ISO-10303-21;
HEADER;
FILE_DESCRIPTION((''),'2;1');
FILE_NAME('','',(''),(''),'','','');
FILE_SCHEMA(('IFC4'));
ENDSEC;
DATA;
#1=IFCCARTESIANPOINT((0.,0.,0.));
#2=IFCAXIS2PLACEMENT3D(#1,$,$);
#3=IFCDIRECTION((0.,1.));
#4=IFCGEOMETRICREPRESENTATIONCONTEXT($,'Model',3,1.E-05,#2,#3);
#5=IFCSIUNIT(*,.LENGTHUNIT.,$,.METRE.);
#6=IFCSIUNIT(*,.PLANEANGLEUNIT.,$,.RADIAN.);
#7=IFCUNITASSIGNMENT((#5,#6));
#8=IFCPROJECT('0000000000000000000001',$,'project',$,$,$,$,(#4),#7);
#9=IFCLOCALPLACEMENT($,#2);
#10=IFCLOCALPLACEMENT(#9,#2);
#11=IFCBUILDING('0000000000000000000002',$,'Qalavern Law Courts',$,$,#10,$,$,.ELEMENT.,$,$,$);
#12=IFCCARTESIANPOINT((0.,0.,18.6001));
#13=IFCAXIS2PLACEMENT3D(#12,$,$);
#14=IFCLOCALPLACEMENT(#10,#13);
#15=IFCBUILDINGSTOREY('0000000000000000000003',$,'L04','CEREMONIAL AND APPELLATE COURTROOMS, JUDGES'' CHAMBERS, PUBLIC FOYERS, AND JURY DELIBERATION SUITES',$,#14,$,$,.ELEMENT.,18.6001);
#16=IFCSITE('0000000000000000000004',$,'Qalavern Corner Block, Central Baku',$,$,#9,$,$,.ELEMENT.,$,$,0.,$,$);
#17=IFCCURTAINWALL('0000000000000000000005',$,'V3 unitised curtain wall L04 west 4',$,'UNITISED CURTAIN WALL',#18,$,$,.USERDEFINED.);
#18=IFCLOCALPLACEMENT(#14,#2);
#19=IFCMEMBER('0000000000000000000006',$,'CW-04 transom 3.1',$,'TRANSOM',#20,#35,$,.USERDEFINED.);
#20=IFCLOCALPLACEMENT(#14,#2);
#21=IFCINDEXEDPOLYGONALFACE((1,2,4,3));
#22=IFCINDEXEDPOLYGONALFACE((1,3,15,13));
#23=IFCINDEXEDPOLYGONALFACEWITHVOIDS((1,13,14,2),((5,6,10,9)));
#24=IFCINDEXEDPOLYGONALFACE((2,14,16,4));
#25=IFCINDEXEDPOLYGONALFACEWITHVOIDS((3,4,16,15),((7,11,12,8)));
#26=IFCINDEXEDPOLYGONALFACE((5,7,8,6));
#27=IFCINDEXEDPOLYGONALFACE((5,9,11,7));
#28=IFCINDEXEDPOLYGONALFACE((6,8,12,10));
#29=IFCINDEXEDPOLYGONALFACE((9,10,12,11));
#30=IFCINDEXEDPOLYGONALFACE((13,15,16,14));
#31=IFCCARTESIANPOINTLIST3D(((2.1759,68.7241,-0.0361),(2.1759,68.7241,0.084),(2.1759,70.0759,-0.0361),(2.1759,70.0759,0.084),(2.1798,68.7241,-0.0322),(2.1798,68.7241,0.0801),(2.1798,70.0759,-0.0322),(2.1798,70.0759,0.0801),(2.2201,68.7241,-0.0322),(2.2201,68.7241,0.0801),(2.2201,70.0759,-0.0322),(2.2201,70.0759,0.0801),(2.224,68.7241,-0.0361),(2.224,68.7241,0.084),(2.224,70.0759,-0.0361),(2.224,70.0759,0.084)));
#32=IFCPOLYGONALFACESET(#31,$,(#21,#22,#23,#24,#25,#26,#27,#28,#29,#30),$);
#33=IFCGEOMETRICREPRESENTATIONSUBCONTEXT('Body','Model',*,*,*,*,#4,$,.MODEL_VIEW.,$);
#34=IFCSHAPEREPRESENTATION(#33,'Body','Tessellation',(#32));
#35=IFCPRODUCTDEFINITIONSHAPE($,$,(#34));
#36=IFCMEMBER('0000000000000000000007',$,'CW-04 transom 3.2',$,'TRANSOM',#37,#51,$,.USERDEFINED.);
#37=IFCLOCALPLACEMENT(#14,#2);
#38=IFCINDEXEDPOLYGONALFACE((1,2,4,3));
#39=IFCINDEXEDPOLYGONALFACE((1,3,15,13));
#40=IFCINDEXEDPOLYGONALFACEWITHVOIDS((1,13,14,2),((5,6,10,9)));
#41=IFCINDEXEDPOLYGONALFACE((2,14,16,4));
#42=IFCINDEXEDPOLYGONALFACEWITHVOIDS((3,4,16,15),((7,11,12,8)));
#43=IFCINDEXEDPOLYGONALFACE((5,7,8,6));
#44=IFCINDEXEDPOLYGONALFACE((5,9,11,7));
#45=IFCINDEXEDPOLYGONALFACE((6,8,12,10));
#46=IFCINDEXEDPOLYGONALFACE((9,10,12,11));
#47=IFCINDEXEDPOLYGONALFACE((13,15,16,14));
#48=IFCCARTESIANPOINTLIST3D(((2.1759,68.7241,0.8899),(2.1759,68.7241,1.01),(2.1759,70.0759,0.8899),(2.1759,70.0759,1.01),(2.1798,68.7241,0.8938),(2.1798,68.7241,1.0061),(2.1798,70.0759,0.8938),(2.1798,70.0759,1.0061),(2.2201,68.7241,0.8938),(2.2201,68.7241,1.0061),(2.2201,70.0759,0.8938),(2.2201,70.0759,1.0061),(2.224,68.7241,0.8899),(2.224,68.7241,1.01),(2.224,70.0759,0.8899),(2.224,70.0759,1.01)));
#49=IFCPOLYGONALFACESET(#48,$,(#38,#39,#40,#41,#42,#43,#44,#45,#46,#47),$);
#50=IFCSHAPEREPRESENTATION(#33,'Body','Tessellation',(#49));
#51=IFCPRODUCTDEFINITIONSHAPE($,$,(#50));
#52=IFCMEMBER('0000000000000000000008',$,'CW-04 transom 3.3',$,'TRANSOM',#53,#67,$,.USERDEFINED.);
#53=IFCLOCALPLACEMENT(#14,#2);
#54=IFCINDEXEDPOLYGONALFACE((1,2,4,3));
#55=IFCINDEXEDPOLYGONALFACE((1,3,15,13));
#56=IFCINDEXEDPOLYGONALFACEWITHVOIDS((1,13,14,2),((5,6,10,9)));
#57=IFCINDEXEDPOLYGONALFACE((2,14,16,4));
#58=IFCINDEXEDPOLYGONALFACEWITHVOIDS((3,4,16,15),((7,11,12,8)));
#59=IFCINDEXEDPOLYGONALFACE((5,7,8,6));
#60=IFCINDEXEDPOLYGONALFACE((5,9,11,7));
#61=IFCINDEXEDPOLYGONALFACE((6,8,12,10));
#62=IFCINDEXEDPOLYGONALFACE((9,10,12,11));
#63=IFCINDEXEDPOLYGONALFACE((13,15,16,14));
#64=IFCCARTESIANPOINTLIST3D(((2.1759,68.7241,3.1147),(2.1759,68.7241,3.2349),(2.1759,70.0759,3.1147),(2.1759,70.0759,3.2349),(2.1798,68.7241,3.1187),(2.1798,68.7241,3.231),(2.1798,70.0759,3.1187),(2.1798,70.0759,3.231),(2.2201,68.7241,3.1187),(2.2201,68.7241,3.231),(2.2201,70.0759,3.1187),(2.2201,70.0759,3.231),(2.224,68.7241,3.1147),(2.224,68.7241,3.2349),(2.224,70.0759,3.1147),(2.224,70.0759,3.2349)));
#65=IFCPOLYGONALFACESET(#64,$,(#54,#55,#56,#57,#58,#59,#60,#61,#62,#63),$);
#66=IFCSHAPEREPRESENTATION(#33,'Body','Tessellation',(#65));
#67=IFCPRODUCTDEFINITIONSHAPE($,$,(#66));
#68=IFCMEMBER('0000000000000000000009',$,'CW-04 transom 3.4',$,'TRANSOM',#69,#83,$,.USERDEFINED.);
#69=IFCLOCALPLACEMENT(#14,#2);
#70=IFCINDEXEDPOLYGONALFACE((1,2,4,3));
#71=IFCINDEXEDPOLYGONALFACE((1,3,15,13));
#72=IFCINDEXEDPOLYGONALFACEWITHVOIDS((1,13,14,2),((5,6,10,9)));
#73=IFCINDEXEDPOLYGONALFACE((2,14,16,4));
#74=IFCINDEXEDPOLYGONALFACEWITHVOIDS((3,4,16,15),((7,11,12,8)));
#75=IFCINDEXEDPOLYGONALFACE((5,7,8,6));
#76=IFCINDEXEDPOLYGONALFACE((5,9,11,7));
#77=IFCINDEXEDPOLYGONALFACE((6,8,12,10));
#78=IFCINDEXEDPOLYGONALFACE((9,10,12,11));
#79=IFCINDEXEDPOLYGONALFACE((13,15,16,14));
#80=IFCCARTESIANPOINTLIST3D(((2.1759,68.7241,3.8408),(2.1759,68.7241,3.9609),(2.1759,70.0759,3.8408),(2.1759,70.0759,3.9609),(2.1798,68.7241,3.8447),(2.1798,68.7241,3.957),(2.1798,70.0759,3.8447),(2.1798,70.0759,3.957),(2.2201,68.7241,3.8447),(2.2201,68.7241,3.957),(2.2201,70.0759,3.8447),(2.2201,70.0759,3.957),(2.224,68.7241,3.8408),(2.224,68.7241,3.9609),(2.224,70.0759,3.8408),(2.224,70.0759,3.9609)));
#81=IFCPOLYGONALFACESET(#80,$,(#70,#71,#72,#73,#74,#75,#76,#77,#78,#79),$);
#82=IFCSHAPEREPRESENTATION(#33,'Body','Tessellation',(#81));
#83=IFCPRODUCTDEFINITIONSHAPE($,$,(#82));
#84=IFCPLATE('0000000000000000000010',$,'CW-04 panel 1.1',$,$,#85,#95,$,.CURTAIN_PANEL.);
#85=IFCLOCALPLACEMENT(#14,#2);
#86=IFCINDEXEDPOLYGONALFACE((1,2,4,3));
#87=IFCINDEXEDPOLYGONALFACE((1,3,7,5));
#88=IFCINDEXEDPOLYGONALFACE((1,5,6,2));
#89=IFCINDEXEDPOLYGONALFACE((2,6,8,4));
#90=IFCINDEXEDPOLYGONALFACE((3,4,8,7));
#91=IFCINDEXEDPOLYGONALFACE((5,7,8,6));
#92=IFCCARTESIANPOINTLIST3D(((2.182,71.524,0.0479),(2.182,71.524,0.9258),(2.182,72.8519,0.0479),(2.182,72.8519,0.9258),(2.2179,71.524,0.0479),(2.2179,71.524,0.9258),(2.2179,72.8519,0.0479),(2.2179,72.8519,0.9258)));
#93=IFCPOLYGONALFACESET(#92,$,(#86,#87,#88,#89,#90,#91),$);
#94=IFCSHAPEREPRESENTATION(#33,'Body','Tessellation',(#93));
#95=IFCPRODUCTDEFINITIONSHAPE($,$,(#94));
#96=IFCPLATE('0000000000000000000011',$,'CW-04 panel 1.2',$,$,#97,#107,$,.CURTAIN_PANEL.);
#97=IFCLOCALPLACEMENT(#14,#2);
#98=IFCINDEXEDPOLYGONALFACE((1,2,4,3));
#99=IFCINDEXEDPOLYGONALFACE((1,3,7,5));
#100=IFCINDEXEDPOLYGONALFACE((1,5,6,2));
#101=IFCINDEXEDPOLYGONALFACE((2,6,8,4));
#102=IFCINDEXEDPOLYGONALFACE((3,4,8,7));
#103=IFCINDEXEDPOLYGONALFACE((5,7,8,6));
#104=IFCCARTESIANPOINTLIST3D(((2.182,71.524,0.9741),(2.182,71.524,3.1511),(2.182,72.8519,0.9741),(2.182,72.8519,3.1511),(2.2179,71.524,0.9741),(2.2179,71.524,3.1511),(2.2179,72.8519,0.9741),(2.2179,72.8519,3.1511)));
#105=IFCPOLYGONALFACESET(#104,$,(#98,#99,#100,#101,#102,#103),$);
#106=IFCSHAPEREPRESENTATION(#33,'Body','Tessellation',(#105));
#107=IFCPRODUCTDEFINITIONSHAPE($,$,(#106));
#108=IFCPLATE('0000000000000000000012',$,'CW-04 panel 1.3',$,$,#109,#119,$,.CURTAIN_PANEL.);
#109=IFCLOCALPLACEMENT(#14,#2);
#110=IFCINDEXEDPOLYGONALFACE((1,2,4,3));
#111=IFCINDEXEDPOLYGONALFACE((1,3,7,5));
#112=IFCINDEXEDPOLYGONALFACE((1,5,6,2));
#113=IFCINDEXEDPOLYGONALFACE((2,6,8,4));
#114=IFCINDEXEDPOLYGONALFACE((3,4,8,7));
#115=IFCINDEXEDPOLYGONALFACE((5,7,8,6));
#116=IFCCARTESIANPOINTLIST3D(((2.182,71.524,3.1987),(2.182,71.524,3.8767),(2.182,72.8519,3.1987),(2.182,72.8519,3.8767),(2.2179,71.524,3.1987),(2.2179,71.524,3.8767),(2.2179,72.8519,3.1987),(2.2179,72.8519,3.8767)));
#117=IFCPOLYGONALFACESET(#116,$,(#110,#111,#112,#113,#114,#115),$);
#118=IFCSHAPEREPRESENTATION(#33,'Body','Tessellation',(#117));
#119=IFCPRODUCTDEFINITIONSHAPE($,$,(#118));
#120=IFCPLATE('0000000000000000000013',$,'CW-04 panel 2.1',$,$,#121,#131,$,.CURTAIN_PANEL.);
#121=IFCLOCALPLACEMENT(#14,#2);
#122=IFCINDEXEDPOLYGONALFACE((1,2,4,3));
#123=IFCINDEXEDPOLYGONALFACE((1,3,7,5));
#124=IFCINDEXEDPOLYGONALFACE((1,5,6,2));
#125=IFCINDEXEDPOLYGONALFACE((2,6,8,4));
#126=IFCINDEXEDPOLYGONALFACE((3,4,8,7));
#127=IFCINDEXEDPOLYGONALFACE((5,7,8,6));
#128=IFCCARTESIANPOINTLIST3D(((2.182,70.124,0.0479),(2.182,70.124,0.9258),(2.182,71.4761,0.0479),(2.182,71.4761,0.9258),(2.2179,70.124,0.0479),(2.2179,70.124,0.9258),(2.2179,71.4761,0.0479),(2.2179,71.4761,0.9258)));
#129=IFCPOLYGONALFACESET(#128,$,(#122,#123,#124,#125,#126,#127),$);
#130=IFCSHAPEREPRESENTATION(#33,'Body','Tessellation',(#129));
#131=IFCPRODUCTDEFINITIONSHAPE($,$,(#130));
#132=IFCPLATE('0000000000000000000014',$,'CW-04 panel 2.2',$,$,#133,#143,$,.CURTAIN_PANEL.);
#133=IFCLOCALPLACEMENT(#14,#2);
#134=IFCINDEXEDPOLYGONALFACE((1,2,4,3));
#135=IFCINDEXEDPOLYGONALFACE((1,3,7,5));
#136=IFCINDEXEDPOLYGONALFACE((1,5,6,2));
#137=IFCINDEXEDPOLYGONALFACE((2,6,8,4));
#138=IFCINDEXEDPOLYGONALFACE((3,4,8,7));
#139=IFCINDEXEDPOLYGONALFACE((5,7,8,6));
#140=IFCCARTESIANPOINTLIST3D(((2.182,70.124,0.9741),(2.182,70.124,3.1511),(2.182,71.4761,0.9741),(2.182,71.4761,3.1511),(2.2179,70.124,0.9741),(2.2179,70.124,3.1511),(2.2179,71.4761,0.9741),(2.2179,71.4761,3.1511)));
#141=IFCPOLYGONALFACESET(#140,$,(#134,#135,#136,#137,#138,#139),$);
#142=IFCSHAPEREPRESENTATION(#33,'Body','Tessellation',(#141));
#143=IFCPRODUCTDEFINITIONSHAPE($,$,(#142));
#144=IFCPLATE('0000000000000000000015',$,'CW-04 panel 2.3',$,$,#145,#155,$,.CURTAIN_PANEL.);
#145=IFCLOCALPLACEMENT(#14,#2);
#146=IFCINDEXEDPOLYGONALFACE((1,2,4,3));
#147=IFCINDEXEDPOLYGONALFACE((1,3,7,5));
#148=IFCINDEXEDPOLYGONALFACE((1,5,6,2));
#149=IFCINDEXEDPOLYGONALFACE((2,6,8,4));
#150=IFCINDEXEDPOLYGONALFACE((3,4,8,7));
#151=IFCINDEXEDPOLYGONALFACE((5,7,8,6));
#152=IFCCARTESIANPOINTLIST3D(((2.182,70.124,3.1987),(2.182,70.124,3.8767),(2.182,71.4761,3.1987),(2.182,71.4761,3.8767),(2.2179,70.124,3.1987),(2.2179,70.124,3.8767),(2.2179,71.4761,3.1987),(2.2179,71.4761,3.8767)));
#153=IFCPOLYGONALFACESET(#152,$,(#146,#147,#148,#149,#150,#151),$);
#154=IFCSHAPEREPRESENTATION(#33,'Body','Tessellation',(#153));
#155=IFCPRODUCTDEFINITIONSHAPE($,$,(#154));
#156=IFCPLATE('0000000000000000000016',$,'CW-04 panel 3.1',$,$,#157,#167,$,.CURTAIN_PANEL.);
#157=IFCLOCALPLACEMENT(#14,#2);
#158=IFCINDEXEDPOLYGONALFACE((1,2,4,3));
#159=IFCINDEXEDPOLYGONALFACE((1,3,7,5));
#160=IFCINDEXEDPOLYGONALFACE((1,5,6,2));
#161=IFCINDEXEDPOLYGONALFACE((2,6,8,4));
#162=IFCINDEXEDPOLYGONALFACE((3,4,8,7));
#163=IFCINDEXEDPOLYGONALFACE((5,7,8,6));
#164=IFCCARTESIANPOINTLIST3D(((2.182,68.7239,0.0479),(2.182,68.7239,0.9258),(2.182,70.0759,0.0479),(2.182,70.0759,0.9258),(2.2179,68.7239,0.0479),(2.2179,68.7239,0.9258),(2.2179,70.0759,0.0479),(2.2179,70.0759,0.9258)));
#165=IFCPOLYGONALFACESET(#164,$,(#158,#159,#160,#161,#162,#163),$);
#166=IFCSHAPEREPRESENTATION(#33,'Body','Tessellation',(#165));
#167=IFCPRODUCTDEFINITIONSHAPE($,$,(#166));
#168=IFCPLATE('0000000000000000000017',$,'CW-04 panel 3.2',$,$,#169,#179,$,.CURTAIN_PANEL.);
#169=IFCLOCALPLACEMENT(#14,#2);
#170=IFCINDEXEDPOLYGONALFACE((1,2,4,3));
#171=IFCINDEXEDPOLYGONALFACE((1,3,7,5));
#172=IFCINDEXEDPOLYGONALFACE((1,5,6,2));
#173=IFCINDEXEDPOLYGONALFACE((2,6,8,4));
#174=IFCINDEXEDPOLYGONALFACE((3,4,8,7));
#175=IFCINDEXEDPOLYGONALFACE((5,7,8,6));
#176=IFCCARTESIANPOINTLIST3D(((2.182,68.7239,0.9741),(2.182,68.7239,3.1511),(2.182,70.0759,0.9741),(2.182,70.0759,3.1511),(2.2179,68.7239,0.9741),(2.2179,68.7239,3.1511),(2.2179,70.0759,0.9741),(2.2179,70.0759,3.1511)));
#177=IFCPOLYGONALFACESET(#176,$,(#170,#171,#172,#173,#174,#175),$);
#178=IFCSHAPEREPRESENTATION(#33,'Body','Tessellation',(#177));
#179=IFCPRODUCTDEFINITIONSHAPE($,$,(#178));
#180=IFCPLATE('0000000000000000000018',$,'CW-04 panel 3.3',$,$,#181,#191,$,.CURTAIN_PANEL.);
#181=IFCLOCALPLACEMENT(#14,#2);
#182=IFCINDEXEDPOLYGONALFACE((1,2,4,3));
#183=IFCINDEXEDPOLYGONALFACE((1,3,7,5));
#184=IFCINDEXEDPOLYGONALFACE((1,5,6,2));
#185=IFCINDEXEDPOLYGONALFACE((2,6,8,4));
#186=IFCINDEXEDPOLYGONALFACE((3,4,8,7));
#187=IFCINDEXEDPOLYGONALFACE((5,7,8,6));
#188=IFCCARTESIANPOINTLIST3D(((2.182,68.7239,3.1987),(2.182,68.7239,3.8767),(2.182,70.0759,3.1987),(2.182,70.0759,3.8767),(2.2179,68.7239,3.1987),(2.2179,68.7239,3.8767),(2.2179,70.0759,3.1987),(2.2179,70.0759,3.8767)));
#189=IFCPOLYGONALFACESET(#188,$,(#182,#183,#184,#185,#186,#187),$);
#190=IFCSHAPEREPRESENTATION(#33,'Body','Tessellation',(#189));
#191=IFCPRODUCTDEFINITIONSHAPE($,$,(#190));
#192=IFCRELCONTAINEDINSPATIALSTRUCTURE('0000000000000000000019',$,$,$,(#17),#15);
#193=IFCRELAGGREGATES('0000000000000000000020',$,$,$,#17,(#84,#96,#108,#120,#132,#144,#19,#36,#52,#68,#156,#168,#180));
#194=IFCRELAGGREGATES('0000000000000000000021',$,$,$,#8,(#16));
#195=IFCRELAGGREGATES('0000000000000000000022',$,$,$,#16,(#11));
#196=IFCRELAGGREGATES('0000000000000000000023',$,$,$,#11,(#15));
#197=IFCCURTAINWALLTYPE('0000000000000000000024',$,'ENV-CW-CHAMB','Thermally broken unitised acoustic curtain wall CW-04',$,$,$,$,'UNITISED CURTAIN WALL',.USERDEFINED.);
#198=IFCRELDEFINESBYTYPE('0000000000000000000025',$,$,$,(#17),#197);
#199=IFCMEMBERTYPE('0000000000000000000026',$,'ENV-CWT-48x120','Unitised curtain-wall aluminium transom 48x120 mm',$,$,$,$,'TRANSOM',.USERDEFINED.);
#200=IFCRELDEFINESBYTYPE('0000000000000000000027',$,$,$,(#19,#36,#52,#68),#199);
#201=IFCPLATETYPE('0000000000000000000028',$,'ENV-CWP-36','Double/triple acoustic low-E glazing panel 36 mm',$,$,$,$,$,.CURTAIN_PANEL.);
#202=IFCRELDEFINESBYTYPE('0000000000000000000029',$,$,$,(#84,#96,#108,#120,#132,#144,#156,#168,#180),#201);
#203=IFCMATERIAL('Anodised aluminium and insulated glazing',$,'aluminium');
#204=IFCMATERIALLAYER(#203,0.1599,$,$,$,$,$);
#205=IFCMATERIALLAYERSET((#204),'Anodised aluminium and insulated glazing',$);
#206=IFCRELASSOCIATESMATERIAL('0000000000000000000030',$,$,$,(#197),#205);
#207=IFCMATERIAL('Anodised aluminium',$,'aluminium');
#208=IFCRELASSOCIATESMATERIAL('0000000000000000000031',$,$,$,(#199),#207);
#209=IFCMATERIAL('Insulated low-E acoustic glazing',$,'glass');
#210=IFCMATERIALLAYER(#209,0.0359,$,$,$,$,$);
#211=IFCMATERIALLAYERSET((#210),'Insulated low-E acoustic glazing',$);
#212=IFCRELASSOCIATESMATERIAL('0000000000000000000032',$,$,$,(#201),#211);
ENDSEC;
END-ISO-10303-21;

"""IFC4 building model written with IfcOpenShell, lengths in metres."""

from ifc_helpers import new_model, si_unit, direction, frame, origin, origin_2d, place, context, subcontext, project, spatial, rectangle, hollow_rectangle, extrude, material, layer, layer_set, material_profile, profile_set, type_object, element, aggregate, save


model = new_model("IFC4")

# Units and contexts
model_context = context("Model", 3, precision=1e-05, world=origin(), true_north=direction((0.0, 1.0)))
body_context = subcontext(model_context, "Body", "Model", "MODEL_VIEW")
ifc_project = project(units=[si_unit("LENGTHUNIT", "METRE"), si_unit("PLANEANGLEUNIT", "RADIAN")], contexts=[model_context])

# Site, building, storey
site_placement = place(None, origin())
site = spatial("IfcSite", under=ifc_project, at=site_placement, Name="Qalavern Corner Block, Central Baku", CompositionType="ELEMENT", RefElevation=0.0)
building_placement = place(site_placement, origin())
building = spatial("IfcBuilding", under=site, at=building_placement, Name="Qalavern Law Courts", CompositionType="ELEMENT")
storey_placement = place(building_placement, frame((0.0, 0.0, 18.6001)))
storey = spatial("IfcBuildingStorey", under=building, at=storey_placement, Name="L04", Description="CEREMONIAL AND APPELLATE COURTROOMS, JUDGES' CHAMBERS, PUBLIC FOYERS, AND JURY DELIBERATION SUITES", CompositionType="ELEMENT", Elevation=18.6001)

# Curtain wall, members, plates
ifc_material_1 = material(Name="Anodised aluminium and insulated glazing", Category="aluminium")
ifc_layer_1 = layer(ifc_material_1, 0.1599)
ifc_layer_set_1 = layer_set([ifc_layer_1], Name="Anodised aluminium and insulated glazing")
curtain_wall_type = type_object("IfcCurtainWallType", Name="ENV-CW-CHAMB", Description="Thermally broken unitised acoustic curtain wall CW-04", ElementType="UNITISED CURTAIN WALL", PredefinedType="USERDEFINED", material=ifc_layer_set_1)
curtain_wall_placement = place(storey_placement, origin())
curtain_wall = element("IfcCurtainWall", 1, at=curtain_wall_placement, inside=storey, type_object=curtain_wall_type, Name="V3 unitised curtain wall L04 west 4", ObjectType="UNITISED CURTAIN WALL", PredefinedType="USERDEFINED")
ifc_material_2 = material(Name="Anodised aluminium", Category="aluminium")
ifc_material_profile_1 = material_profile(ifc_material_2, hollow_rectangle(XDim=0.0481, YDim=0.1201, WallThickness=0.0039, at=origin_2d()), Name="ALU TRANSOM 48x120")
ifc_profile_set_1 = profile_set([ifc_material_profile_1], Name="Anodised aluminium")
member_type_1 = type_object("IfcMemberType", Name="ENV-CWT-48x120", Description="Unitised curtain-wall aluminium transom 48x120 mm", ElementType="TRANSOM", PredefinedType="USERDEFINED", material=ifc_profile_set_1)
member_1_placement = place(storey_placement, frame((2.2, 70.0759, 0.0239), z_axis=(0.0, -1.0, 0.0), x_axis=(1.0, 0.0, 0.0)))
member_1 = element("IfcMember", 2, at=member_1_placement, type_object=member_type_1, Name="CW-04 transom 3.1", ObjectType="TRANSOM", PredefinedType="USERDEFINED", context=body_context, shape_type="SweptSolid", body=[
    extrude(hollow_rectangle(XDim=0.0481, YDim=0.1201, WallThickness=0.0039, at=origin_2d()), origin(), (0.0, 0.0, 1.0), 1.3518),
])
member_2_placement = place(storey_placement, frame((2.2, 70.0759, 0.95), z_axis=(0.0, -1.0, 0.0), x_axis=(1.0, 0.0, 0.0)))
member_2 = element("IfcMember", 3, at=member_2_placement, type_object=member_type_1, Name="CW-04 transom 3.2", ObjectType="TRANSOM", PredefinedType="USERDEFINED", context=body_context, shape_type="SweptSolid", body=[
    extrude(hollow_rectangle(XDim=0.0481, YDim=0.1201, WallThickness=0.0039, at=origin_2d()), origin(), (0.0, 0.0, 1.0), 1.3518),
])
member_3_placement = place(storey_placement, frame((2.2, 70.0759, 3.1748), z_axis=(0.0, -1.0, 0.0), x_axis=(1.0, 0.0, 0.0)))
member_3 = element("IfcMember", 4, at=member_3_placement, type_object=member_type_1, Name="CW-04 transom 3.3", ObjectType="TRANSOM", PredefinedType="USERDEFINED", context=body_context, shape_type="SweptSolid", body=[
    extrude(hollow_rectangle(XDim=0.0481, YDim=0.1201, WallThickness=0.0039, at=origin_2d()), origin(), (0.0, 0.0, 1.0), 1.3518),
])
member_4_placement = place(storey_placement, frame((2.2, 70.0759, 3.9009), z_axis=(0.0, -1.0, 0.0), x_axis=(1.0, 0.0, 0.0)))
member_4 = element("IfcMember", 5, at=member_4_placement, type_object=member_type_1, Name="CW-04 transom 3.4", ObjectType="TRANSOM", PredefinedType="USERDEFINED", context=body_context, shape_type="SweptSolid", body=[
    extrude(hollow_rectangle(XDim=0.0481, YDim=0.1201, WallThickness=0.0039, at=origin_2d()), origin(), (0.0, 0.0, 1.0), 1.3518),
])
ifc_material_3 = material(Name="Insulated low-E acoustic glazing", Category="glass")
ifc_layer_2 = layer(ifc_material_3, 0.0359)
ifc_layer_set_2 = layer_set([ifc_layer_2], Name="Insulated low-E acoustic glazing")
plate_type = type_object("IfcPlateType", Name="ENV-CWP-36", Description="Double/triple acoustic low-E glazing panel 36 mm", PredefinedType="CURTAIN_PANEL", material=ifc_layer_set_2)
plate_1_placement = place(storey_placement, frame((2.2, 72.188, 0.0479), z_axis=(0.0, 0.0, 1.0), x_axis=(0.0, -1.0, 0.0)))
plate_1 = element("IfcPlate", 6, at=plate_1_placement, type_object=plate_type, Name="CW-04 panel 1.1", PredefinedType="CURTAIN_PANEL", context=body_context, shape_type="SweptSolid", body=[
    extrude(rectangle(XDim=1.3279, YDim=0.0359, at=origin_2d()), origin(), (0.0, 0.0, 1.0), 0.8779),
])
plate_2_placement = place(storey_placement, frame((2.2, 72.188, 0.9741), z_axis=(0.0, 0.0, 1.0), x_axis=(0.0, -1.0, 0.0)))
plate_2 = element("IfcPlate", 7, at=plate_2_placement, type_object=plate_type, Name="CW-04 panel 1.2", PredefinedType="CURTAIN_PANEL", context=body_context, shape_type="SweptSolid", body=[
    extrude(rectangle(XDim=1.3279, YDim=0.0359, at=origin_2d()), origin(), (0.0, 0.0, 1.0), 2.177),
])
plate_3_placement = place(storey_placement, frame((2.2, 72.188, 3.1987), z_axis=(0.0, 0.0, 1.0), x_axis=(0.0, -1.0, 0.0)))
plate_3 = element("IfcPlate", 8, at=plate_3_placement, type_object=plate_type, Name="CW-04 panel 1.3", PredefinedType="CURTAIN_PANEL", context=body_context, shape_type="SweptSolid", body=[
    extrude(rectangle(XDim=1.3279, YDim=0.0359, at=origin_2d()), origin(), (0.0, 0.0, 1.0), 0.678),
])
plate_4_placement = place(storey_placement, frame((2.2, 70.8, 0.0479), z_axis=(0.0, 0.0, 1.0), x_axis=(0.0, -1.0, 0.0)))
plate_4 = element("IfcPlate", 9, at=plate_4_placement, type_object=plate_type, Name="CW-04 panel 2.1", PredefinedType="CURTAIN_PANEL", context=body_context, shape_type="SweptSolid", body=[
    extrude(rectangle(XDim=1.3521, YDim=0.0359, at=origin_2d()), origin(), (0.0, 0.0, 1.0), 0.8779),
])
plate_5_placement = place(storey_placement, frame((2.2, 70.8, 0.9741), z_axis=(0.0, 0.0, 1.0), x_axis=(0.0, -1.0, 0.0)))
plate_5 = element("IfcPlate", 10, at=plate_5_placement, type_object=plate_type, Name="CW-04 panel 2.2", PredefinedType="CURTAIN_PANEL", context=body_context, shape_type="SweptSolid", body=[
    extrude(rectangle(XDim=1.3521, YDim=0.0359, at=origin_2d()), origin(), (0.0, 0.0, 1.0), 2.177),
])
plate_6_placement = place(storey_placement, frame((2.2, 70.8, 3.1987), z_axis=(0.0, 0.0, 1.0), x_axis=(0.0, -1.0, 0.0)))
plate_6 = element("IfcPlate", 11, at=plate_6_placement, type_object=plate_type, Name="CW-04 panel 2.3", PredefinedType="CURTAIN_PANEL", context=body_context, shape_type="SweptSolid", body=[
    extrude(rectangle(XDim=1.3521, YDim=0.0359, at=origin_2d()), origin(), (0.0, 0.0, 1.0), 0.678),
])
plate_7_placement = place(storey_placement, frame((2.2, 69.3999, 0.0479), z_axis=(0.0, 0.0, 1.0), x_axis=(0.0, -1.0, 0.0)))
plate_7 = element("IfcPlate", 12, at=plate_7_placement, type_object=plate_type, Name="CW-04 panel 3.1", PredefinedType="CURTAIN_PANEL", context=body_context, shape_type="SweptSolid", body=[
    extrude(rectangle(XDim=1.3521, YDim=0.0359, at=origin_2d()), origin(), (0.0, 0.0, 1.0), 0.8779),
])
plate_8_placement = place(storey_placement, frame((2.2, 69.3999, 0.9741), z_axis=(0.0, 0.0, 1.0), x_axis=(0.0, -1.0, 0.0)))
plate_8 = element("IfcPlate", 13, at=plate_8_placement, type_object=plate_type, Name="CW-04 panel 3.2", PredefinedType="CURTAIN_PANEL", context=body_context, shape_type="SweptSolid", body=[
    extrude(rectangle(XDim=1.3521, YDim=0.0359, at=origin_2d()), origin(), (0.0, 0.0, 1.0), 2.177),
])
plate_9_placement = place(storey_placement, frame((2.2, 69.3999, 3.1987), z_axis=(0.0, 0.0, 1.0), x_axis=(0.0, -1.0, 0.0)))
plate_9 = element("IfcPlate", 14, at=plate_9_placement, type_object=plate_type, Name="CW-04 panel 3.3", PredefinedType="CURTAIN_PANEL", context=body_context, shape_type="SweptSolid", body=[
    extrude(rectangle(XDim=1.3521, YDim=0.0359, at=origin_2d()), origin(), (0.0, 0.0, 1.0), 0.678),
])
aggregate(curtain_wall, [plate_1, plate_2, plate_3, plate_4, plate_5, plate_6, member_1, member_2, member_3, member_4, plate_7, plate_8, plate_9])

save(model, "model.ifc")
